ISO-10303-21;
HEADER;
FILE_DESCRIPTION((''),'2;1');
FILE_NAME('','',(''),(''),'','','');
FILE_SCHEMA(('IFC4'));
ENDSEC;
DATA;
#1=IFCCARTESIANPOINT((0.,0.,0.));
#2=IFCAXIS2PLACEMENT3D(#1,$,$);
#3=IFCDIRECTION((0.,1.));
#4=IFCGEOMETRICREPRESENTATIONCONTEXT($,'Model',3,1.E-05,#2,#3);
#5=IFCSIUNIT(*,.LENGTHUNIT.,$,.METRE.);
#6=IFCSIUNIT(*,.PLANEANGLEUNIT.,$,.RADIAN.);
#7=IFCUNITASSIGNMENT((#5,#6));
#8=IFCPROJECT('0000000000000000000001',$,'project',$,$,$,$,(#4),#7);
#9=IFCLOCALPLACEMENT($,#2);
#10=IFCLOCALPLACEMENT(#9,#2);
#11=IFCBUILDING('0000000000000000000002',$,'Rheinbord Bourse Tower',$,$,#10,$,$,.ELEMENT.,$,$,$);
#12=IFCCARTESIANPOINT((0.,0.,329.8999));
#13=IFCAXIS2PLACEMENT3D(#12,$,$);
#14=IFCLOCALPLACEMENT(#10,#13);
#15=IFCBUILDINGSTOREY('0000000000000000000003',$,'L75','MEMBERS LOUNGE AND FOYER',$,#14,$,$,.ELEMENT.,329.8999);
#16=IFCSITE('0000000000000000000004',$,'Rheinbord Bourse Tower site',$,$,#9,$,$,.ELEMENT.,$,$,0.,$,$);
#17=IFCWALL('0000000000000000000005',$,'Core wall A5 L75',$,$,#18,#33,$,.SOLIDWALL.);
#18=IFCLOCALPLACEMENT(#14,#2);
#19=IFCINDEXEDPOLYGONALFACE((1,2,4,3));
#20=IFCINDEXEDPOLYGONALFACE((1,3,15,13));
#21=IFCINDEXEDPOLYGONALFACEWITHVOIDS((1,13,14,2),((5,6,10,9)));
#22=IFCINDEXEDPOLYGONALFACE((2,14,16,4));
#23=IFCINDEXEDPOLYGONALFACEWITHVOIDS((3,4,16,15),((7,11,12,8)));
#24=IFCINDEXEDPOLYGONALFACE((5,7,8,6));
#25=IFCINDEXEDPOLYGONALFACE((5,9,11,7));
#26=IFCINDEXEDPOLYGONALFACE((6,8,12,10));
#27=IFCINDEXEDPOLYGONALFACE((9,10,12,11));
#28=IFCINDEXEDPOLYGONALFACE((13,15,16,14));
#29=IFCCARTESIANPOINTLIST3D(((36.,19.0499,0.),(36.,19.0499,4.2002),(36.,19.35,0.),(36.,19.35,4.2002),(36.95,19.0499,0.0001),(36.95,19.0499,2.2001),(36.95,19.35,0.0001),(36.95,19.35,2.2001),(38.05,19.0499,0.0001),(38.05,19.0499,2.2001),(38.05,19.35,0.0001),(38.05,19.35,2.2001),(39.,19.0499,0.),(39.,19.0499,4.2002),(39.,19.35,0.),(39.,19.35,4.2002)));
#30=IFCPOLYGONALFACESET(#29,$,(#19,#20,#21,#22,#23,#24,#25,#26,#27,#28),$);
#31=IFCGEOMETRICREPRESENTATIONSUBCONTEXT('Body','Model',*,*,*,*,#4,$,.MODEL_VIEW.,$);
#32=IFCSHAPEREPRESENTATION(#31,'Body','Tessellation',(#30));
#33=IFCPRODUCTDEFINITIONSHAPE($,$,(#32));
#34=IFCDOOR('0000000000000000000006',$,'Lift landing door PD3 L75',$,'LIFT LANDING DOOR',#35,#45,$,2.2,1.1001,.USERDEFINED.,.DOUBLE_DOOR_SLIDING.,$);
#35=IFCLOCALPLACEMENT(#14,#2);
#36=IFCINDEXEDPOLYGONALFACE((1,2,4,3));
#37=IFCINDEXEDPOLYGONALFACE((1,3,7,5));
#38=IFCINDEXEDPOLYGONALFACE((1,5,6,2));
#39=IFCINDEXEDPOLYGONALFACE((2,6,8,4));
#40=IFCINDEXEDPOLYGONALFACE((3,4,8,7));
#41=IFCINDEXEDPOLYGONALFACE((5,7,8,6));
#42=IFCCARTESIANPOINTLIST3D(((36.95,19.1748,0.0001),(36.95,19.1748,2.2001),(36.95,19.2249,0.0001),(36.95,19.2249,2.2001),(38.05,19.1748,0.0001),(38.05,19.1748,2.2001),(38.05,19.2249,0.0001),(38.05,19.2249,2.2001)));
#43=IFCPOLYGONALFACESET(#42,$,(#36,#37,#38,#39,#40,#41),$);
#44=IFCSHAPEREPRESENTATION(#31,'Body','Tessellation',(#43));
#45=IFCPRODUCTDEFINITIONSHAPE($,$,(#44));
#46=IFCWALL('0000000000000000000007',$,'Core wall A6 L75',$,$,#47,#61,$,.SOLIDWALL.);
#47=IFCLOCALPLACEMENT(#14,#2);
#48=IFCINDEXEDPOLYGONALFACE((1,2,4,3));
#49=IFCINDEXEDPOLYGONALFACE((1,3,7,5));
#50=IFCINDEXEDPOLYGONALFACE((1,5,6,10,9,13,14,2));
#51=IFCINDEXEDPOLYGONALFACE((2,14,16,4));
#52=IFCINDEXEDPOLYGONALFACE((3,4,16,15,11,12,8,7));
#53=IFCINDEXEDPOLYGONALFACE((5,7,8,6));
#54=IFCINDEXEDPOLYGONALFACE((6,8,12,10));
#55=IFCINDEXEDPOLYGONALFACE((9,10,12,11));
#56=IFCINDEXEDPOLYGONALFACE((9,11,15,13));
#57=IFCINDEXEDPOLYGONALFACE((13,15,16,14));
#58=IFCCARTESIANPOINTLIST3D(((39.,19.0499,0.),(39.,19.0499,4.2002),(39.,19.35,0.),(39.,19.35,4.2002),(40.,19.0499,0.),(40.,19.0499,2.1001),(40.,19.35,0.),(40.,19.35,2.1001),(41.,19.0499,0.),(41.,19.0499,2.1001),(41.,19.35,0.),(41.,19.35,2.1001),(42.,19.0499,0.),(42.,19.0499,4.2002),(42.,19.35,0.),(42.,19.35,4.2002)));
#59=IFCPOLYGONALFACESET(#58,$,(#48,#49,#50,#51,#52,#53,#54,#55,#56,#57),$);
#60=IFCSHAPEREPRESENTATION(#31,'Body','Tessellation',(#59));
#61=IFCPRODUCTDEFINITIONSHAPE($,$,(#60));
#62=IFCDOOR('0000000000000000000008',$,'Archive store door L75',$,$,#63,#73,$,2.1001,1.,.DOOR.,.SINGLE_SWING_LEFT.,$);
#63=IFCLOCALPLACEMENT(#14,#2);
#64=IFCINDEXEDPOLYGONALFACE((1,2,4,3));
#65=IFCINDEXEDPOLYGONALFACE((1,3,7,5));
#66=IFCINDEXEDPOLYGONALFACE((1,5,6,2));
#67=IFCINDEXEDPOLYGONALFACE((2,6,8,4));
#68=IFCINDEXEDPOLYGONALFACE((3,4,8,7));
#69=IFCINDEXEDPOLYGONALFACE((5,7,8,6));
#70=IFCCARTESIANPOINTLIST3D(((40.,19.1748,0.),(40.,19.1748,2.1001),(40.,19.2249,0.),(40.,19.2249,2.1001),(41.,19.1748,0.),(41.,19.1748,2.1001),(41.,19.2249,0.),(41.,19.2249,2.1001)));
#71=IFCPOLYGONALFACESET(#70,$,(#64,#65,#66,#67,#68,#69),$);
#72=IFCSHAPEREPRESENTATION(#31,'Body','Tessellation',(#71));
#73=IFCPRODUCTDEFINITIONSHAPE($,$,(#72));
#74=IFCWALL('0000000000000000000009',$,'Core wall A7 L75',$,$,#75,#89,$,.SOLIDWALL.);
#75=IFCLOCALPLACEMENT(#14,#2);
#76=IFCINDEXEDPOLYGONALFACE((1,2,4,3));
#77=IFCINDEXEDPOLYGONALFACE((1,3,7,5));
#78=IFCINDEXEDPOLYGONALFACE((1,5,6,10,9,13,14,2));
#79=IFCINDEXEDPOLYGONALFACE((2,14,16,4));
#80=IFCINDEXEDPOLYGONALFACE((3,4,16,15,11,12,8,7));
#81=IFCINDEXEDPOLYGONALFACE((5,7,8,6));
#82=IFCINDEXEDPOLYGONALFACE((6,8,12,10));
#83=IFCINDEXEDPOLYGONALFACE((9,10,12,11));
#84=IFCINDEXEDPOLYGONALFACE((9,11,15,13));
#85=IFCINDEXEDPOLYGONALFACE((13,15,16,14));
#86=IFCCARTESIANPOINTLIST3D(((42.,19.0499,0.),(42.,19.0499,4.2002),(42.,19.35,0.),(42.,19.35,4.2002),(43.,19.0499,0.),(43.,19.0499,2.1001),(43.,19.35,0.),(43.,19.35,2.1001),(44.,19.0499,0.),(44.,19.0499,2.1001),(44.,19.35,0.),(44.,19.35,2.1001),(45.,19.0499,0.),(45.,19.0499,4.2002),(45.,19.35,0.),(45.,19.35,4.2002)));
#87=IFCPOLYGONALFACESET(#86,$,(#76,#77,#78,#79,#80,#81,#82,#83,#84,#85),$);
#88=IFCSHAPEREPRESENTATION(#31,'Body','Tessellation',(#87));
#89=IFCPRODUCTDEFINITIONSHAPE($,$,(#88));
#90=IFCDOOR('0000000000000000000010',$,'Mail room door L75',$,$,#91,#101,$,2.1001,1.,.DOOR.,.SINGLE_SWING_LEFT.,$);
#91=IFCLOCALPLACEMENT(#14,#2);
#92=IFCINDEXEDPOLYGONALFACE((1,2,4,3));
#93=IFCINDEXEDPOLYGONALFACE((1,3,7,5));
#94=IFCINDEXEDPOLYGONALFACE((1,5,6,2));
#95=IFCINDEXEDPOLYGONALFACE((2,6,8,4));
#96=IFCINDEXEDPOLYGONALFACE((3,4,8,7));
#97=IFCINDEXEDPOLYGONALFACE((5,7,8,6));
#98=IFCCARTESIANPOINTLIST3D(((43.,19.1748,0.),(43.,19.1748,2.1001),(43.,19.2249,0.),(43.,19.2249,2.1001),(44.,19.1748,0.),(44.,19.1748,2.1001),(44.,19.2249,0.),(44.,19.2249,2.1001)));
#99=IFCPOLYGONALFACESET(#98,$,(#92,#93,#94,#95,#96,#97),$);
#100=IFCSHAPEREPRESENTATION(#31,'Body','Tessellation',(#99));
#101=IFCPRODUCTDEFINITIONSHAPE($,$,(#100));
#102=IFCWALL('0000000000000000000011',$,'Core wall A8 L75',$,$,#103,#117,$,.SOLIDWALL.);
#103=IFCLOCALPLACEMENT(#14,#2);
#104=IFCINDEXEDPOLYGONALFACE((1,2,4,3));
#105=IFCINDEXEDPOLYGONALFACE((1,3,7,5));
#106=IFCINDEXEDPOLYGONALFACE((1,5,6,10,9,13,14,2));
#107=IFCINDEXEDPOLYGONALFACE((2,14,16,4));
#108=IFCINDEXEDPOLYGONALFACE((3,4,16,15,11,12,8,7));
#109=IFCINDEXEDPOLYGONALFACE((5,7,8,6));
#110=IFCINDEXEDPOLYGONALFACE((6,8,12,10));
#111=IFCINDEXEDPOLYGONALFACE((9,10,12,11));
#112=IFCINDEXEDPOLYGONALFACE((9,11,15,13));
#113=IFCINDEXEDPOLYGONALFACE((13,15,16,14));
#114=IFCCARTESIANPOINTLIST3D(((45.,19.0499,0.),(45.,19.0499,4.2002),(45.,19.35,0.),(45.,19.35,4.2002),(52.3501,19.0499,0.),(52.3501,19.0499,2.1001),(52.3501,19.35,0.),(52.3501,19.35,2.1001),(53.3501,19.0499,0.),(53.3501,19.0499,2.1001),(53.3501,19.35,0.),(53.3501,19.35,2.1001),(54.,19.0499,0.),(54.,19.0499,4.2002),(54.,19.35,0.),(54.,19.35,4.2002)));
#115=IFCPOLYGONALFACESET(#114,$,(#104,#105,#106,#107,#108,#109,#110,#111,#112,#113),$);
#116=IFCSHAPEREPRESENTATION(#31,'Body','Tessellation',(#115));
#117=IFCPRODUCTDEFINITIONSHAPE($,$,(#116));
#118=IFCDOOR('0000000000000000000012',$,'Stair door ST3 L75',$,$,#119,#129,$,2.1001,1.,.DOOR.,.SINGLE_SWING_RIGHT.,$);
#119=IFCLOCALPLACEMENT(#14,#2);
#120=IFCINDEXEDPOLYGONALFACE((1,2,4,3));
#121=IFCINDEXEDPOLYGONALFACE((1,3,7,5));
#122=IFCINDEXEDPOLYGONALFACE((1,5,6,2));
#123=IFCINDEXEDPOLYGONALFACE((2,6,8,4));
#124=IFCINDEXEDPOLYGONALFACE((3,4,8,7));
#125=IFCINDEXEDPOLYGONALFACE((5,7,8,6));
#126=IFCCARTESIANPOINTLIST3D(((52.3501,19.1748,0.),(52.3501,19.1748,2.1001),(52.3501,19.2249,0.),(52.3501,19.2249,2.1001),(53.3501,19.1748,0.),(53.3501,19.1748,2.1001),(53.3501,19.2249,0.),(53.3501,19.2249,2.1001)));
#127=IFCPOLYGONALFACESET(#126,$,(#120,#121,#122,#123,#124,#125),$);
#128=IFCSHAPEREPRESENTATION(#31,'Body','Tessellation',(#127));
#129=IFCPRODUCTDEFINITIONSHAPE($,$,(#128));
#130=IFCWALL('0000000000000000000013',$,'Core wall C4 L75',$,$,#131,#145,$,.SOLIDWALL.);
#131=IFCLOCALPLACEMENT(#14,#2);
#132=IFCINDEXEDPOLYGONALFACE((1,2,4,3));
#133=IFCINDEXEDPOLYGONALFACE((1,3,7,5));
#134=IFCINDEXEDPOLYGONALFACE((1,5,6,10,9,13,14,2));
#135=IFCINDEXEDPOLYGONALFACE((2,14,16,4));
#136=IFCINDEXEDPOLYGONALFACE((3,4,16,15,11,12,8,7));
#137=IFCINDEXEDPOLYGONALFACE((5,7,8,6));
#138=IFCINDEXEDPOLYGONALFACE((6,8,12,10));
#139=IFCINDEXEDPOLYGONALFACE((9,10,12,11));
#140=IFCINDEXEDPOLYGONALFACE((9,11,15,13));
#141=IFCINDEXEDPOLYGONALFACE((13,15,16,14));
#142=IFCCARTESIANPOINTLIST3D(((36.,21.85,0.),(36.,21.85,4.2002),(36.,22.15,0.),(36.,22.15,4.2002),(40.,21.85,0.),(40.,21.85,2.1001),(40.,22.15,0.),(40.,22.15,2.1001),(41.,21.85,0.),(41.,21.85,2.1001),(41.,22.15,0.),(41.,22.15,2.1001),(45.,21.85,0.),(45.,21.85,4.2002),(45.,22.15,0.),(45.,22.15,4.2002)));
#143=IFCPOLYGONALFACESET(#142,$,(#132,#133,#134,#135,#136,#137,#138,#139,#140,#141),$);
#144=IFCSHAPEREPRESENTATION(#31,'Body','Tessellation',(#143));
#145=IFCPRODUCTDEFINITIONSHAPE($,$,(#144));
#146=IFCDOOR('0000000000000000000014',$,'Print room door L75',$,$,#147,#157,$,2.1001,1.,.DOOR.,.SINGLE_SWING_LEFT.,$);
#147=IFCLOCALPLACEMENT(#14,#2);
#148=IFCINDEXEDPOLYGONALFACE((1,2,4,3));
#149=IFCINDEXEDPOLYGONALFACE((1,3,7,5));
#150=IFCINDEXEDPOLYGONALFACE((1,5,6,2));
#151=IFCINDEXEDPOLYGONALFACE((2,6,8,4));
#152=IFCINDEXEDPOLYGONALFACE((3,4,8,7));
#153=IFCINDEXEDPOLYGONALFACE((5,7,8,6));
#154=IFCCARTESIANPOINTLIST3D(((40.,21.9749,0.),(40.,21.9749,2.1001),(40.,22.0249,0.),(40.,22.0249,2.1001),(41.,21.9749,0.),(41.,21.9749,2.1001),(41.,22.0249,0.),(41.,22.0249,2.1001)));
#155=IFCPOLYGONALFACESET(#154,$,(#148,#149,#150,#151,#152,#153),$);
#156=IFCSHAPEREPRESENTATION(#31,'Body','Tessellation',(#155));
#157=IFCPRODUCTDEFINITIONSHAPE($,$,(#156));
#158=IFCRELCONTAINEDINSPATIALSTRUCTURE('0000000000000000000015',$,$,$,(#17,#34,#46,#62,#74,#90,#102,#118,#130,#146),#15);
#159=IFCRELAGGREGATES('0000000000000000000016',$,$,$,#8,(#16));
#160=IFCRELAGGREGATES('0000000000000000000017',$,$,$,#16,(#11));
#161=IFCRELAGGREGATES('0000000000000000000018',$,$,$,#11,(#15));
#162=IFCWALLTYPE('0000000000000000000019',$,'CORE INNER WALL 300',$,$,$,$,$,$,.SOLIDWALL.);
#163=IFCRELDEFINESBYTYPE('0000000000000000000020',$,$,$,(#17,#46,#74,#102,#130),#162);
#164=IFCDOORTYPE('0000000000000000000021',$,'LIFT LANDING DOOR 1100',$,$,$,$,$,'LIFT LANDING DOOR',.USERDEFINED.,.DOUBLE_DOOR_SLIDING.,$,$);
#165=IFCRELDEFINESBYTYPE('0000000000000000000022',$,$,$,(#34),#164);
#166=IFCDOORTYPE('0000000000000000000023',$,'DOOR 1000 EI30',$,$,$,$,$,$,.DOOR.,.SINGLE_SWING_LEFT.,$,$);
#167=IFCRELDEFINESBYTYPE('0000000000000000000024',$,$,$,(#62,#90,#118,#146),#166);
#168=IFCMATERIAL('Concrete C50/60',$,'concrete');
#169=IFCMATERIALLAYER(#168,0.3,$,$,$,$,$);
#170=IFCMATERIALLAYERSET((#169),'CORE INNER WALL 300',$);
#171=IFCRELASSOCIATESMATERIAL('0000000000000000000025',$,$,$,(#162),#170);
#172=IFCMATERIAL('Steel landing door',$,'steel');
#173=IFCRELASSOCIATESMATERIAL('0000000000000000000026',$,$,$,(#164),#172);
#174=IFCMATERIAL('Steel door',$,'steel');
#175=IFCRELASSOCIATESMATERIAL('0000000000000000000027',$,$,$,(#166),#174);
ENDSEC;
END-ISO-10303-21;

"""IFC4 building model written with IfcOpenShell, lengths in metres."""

from ifc_helpers import new_model, si_unit, direction, frame, frame_2d, origin, place, context, subcontext, project, spatial, rectangle, extrude, material, layer, layer_set, type_object, element, fill, save


model = new_model("IFC4")

# Units and contexts
model_context = context("Model", 3, precision=1e-05, world=origin(), true_north=direction((0.0, 1.0)))
body_context = subcontext(model_context, "Body", "Model", "MODEL_VIEW")
ifc_project = project(units=[si_unit("LENGTHUNIT", "METRE"), si_unit("PLANEANGLEUNIT", "RADIAN")], contexts=[model_context])

# Site, building, storey
site_placement = place(None, origin())
site = spatial("IfcSite", under=ifc_project, at=site_placement, Name="Rheinbord Bourse Tower site", CompositionType="ELEMENT", RefElevation=0.0)
building_placement = place(site_placement, origin())
building = spatial("IfcBuilding", under=site, at=building_placement, Name="Rheinbord Bourse Tower", CompositionType="ELEMENT")
storey_placement = place(building_placement, frame((0.0, 0.0, 329.8999)))
storey = spatial("IfcBuildingStorey", under=building, at=storey_placement, Name="L75", Description="MEMBERS LOUNGE AND FOYER", CompositionType="ELEMENT", Elevation=329.8999)

# Walls, openings, doors
ifc_material_1 = material(Name="Concrete C50/60", Category="concrete")
ifc_layer_1 = layer(ifc_material_1, 0.3)
ifc_layer_set_1 = layer_set([ifc_layer_1], Name="CORE INNER WALL 300")
wall_type_1 = type_object("IfcWallType", Name="CORE INNER WALL 300", PredefinedType="SOLIDWALL", material=ifc_layer_set_1)
wall_1_placement = place(storey_placement, frame((36.0, 19.2, 0.0), z_axis=(0.0, 0.0, 1.0), x_axis=(1.0, 0.0, 0.0)))
wall_1 = element("IfcWall", 1, at=wall_1_placement, inside=storey, type_object=wall_type_1, Name="Core wall A5 L75", PredefinedType="SOLIDWALL", context=body_context, shape_type="SweptSolid", body=[
    extrude(rectangle(XDim=3.0, YDim=0.3, at=frame_2d((1.5, 0.0))), origin(), (0.0, 0.0, 1.0), 4.2002),
])
opening_1_placement = place(wall_1_placement, frame((0.95, 0.0, 0.0)))
opening_1 = element("IfcOpeningElement", 2, at=opening_1_placement, cuts=wall_1, PredefinedType="OPENING", context=body_context, shape_type="SweptSolid", body=[
    extrude(rectangle(XDim=1.1001, YDim=2.2, at=frame_2d((0.55, 1.1001))), frame((0.0, 0.1599, 0.0), z_axis=(0.0, -1.0, 0.0), x_axis=(1.0, 0.0, 0.0)), (0.0, 0.0, 1.0), 0.3201),
])
ifc_material_2 = material(Name="Steel landing door", Category="steel")
door_type_1 = type_object("IfcDoorType", Name="LIFT LANDING DOOR 1100", ElementType="LIFT LANDING DOOR", OperationType="DOUBLE_DOOR_SLIDING", PredefinedType="USERDEFINED", material=ifc_material_2)
door_1_placement = place(opening_1_placement, origin())
door_1 = element("IfcDoor", 3, at=door_1_placement, inside=storey, type_object=door_type_1, Name="Lift landing door PD3 L75", ObjectType="LIFT LANDING DOOR", OperationType="DOUBLE_DOOR_SLIDING", OverallHeight=2.2, OverallWidth=1.1001, PredefinedType="USERDEFINED", context=body_context, shape_type="SweptSolid", body=[
    extrude(rectangle(XDim=1.1001, YDim=2.2, at=frame_2d((0.55, 1.1001))), frame((0.0, 0.0249, 0.0), z_axis=(0.0, -1.0, 0.0), x_axis=(1.0, 0.0, 0.0)), (0.0, 0.0, 1.0), 0.05),
])
fill(opening_1, door_1)
wall_2_placement = place(storey_placement, frame((39.0, 19.2, 0.0), z_axis=(0.0, 0.0, 1.0), x_axis=(1.0, 0.0, 0.0)))
wall_2 = element("IfcWall", 4, at=wall_2_placement, inside=storey, type_object=wall_type_1, Name="Core wall A6 L75", PredefinedType="SOLIDWALL", context=body_context, shape_type="SweptSolid", body=[
    extrude(rectangle(XDim=3.0, YDim=0.3, at=frame_2d((1.5, 0.0))), origin(), (0.0, 0.0, 1.0), 4.2002),
])
opening_2_placement = place(wall_2_placement, frame((1.0, 0.0, 0.0)))
opening_2 = element("IfcOpeningElement", 5, at=opening_2_placement, cuts=wall_2, PredefinedType="OPENING", context=body_context, shape_type="SweptSolid", body=[
    extrude(rectangle(XDim=1.0, YDim=2.1001, at=frame_2d((0.5, 1.05))), frame((0.0, 0.1599, 0.0), z_axis=(0.0, -1.0, 0.0), x_axis=(1.0, 0.0, 0.0)), (0.0, 0.0, 1.0), 0.3201),
])
ifc_material_3 = material(Name="Steel door", Category="steel")
door_type_2 = type_object("IfcDoorType", Name="DOOR 1000 EI30", OperationType="SINGLE_SWING_LEFT", PredefinedType="DOOR", material=ifc_material_3)
door_2_placement = place(opening_2_placement, origin())
door_2 = element("IfcDoor", 6, at=door_2_placement, inside=storey, type_object=door_type_2, Name="Archive store door L75", OperationType="SINGLE_SWING_LEFT", OverallHeight=2.1001, OverallWidth=1.0, PredefinedType="DOOR", context=body_context, shape_type="SweptSolid", body=[
    extrude(rectangle(XDim=1.0, YDim=2.1001, at=frame_2d((0.5, 1.05))), frame((0.0, 0.0249, 0.0), z_axis=(0.0, -1.0, 0.0), x_axis=(1.0, 0.0, 0.0)), (0.0, 0.0, 1.0), 0.05),
])
fill(opening_2, door_2)
wall_3_placement = place(storey_placement, frame((42.0, 19.2, 0.0), z_axis=(0.0, 0.0, 1.0), x_axis=(1.0, 0.0, 0.0)))
wall_3 = element("IfcWall", 7, at=wall_3_placement, inside=storey, type_object=wall_type_1, Name="Core wall A7 L75", PredefinedType="SOLIDWALL", context=body_context, shape_type="SweptSolid", body=[
    extrude(rectangle(XDim=3.0, YDim=0.3, at=frame_2d((1.5, 0.0))), origin(), (0.0, 0.0, 1.0), 4.2002),
])
opening_3_placement = place(wall_3_placement, frame((1.0, 0.0, 0.0)))
opening_3 = element("IfcOpeningElement", 8, at=opening_3_placement, cuts=wall_3, PredefinedType="OPENING", context=body_context, shape_type="SweptSolid", body=[
    extrude(rectangle(XDim=1.0, YDim=2.1001, at=frame_2d((0.5, 1.05))), frame((0.0, 0.1599, 0.0), z_axis=(0.0, -1.0, 0.0), x_axis=(1.0, 0.0, 0.0)), (0.0, 0.0, 1.0), 0.3201),
])
door_3_placement = place(opening_3_placement, origin())
door_3 = element("IfcDoor", 9, at=door_3_placement, inside=storey, type_object=door_type_2, Name="Mail room door L75", OperationType="SINGLE_SWING_LEFT", OverallHeight=2.1001, OverallWidth=1.0, PredefinedType="DOOR", context=body_context, shape_type="SweptSolid", body=[
    extrude(rectangle(XDim=1.0, YDim=2.1001, at=frame_2d((0.5, 1.05))), frame((0.0, 0.0249, 0.0), z_axis=(0.0, -1.0, 0.0), x_axis=(1.0, 0.0, 0.0)), (0.0, 0.0, 1.0), 0.05),
])
fill(opening_3, door_3)
wall_4_placement = place(storey_placement, frame((45.0, 19.2, 0.0), z_axis=(0.0, 0.0, 1.0), x_axis=(1.0, 0.0, 0.0)))
wall_4 = element("IfcWall", 10, at=wall_4_placement, inside=storey, type_object=wall_type_1, Name="Core wall A8 L75", PredefinedType="SOLIDWALL", context=body_context, shape_type="SweptSolid", body=[
    extrude(rectangle(XDim=9.0, YDim=0.3, at=frame_2d((4.5, 0.0))), origin(), (0.0, 0.0, 1.0), 4.2002),
])
opening_4_placement = place(wall_4_placement, frame((7.3501, 0.0, 0.0)))
opening_4 = element("IfcOpeningElement", 11, at=opening_4_placement, cuts=wall_4, PredefinedType="OPENING", context=body_context, shape_type="SweptSolid", body=[
    extrude(rectangle(XDim=1.0, YDim=2.1001, at=frame_2d((0.5, 1.05))), frame((0.0, 0.1599, 0.0), z_axis=(0.0, -1.0, 0.0), x_axis=(1.0, 0.0, 0.0)), (0.0, 0.0, 1.0), 0.3201),
])
door_4_placement = place(opening_4_placement, origin())
door_4 = element("IfcDoor", 12, at=door_4_placement, inside=storey, type_object=door_type_2, Name="Stair door ST3 L75", OperationType="SINGLE_SWING_RIGHT", OverallHeight=2.1001, OverallWidth=1.0, PredefinedType="DOOR", context=body_context, shape_type="SweptSolid", body=[
    extrude(rectangle(XDim=1.0, YDim=2.1001, at=frame_2d((0.5, 1.05))), frame((0.0, 0.0249, 0.0), z_axis=(0.0, -1.0, 0.0), x_axis=(1.0, 0.0, 0.0)), (0.0, 0.0, 1.0), 0.05),
])
fill(opening_4, door_4)
wall_5_placement = place(storey_placement, frame((36.0, 22.0, 0.0), z_axis=(0.0, 0.0, 1.0), x_axis=(1.0, 0.0, 0.0)))
wall_5 = element("IfcWall", 13, at=wall_5_placement, inside=storey, type_object=wall_type_1, Name="Core wall C4 L75", PredefinedType="SOLIDWALL", context=body_context, shape_type="SweptSolid", body=[
    extrude(rectangle(XDim=9.0, YDim=0.3, at=frame_2d((4.5, 0.0))), origin(), (0.0, 0.0, 1.0), 4.2002),
])
opening_5_placement = place(wall_5_placement, frame((4.0, 0.0, 0.0)))
opening_5 = element("IfcOpeningElement", 14, at=opening_5_placement, cuts=wall_5, PredefinedType="OPENING", context=body_context, shape_type="SweptSolid", body=[
    extrude(rectangle(XDim=1.0, YDim=2.1001, at=frame_2d((0.5, 1.05))), frame((0.0, 0.1599, 0.0), z_axis=(0.0, -1.0, 0.0), x_axis=(1.0, 0.0, 0.0)), (0.0, 0.0, 1.0), 0.3201),
])
door_5_placement = place(opening_5_placement, origin())
door_5 = element("IfcDoor", 15, at=door_5_placement, inside=storey, type_object=door_type_2, Name="Print room door L75", OperationType="SINGLE_SWING_LEFT", OverallHeight=2.1001, OverallWidth=1.0, PredefinedType="DOOR", context=body_context, shape_type="SweptSolid", body=[
    extrude(rectangle(XDim=1.0, YDim=2.1001, at=frame_2d((0.5, 1.05))), frame((0.0, 0.0249, 0.0), z_axis=(0.0, -1.0, 0.0), x_axis=(1.0, 0.0, 0.0)), (0.0, 0.0, 1.0), 0.05),
])
fill(opening_5, door_5)

save(model, "model.ifc")
